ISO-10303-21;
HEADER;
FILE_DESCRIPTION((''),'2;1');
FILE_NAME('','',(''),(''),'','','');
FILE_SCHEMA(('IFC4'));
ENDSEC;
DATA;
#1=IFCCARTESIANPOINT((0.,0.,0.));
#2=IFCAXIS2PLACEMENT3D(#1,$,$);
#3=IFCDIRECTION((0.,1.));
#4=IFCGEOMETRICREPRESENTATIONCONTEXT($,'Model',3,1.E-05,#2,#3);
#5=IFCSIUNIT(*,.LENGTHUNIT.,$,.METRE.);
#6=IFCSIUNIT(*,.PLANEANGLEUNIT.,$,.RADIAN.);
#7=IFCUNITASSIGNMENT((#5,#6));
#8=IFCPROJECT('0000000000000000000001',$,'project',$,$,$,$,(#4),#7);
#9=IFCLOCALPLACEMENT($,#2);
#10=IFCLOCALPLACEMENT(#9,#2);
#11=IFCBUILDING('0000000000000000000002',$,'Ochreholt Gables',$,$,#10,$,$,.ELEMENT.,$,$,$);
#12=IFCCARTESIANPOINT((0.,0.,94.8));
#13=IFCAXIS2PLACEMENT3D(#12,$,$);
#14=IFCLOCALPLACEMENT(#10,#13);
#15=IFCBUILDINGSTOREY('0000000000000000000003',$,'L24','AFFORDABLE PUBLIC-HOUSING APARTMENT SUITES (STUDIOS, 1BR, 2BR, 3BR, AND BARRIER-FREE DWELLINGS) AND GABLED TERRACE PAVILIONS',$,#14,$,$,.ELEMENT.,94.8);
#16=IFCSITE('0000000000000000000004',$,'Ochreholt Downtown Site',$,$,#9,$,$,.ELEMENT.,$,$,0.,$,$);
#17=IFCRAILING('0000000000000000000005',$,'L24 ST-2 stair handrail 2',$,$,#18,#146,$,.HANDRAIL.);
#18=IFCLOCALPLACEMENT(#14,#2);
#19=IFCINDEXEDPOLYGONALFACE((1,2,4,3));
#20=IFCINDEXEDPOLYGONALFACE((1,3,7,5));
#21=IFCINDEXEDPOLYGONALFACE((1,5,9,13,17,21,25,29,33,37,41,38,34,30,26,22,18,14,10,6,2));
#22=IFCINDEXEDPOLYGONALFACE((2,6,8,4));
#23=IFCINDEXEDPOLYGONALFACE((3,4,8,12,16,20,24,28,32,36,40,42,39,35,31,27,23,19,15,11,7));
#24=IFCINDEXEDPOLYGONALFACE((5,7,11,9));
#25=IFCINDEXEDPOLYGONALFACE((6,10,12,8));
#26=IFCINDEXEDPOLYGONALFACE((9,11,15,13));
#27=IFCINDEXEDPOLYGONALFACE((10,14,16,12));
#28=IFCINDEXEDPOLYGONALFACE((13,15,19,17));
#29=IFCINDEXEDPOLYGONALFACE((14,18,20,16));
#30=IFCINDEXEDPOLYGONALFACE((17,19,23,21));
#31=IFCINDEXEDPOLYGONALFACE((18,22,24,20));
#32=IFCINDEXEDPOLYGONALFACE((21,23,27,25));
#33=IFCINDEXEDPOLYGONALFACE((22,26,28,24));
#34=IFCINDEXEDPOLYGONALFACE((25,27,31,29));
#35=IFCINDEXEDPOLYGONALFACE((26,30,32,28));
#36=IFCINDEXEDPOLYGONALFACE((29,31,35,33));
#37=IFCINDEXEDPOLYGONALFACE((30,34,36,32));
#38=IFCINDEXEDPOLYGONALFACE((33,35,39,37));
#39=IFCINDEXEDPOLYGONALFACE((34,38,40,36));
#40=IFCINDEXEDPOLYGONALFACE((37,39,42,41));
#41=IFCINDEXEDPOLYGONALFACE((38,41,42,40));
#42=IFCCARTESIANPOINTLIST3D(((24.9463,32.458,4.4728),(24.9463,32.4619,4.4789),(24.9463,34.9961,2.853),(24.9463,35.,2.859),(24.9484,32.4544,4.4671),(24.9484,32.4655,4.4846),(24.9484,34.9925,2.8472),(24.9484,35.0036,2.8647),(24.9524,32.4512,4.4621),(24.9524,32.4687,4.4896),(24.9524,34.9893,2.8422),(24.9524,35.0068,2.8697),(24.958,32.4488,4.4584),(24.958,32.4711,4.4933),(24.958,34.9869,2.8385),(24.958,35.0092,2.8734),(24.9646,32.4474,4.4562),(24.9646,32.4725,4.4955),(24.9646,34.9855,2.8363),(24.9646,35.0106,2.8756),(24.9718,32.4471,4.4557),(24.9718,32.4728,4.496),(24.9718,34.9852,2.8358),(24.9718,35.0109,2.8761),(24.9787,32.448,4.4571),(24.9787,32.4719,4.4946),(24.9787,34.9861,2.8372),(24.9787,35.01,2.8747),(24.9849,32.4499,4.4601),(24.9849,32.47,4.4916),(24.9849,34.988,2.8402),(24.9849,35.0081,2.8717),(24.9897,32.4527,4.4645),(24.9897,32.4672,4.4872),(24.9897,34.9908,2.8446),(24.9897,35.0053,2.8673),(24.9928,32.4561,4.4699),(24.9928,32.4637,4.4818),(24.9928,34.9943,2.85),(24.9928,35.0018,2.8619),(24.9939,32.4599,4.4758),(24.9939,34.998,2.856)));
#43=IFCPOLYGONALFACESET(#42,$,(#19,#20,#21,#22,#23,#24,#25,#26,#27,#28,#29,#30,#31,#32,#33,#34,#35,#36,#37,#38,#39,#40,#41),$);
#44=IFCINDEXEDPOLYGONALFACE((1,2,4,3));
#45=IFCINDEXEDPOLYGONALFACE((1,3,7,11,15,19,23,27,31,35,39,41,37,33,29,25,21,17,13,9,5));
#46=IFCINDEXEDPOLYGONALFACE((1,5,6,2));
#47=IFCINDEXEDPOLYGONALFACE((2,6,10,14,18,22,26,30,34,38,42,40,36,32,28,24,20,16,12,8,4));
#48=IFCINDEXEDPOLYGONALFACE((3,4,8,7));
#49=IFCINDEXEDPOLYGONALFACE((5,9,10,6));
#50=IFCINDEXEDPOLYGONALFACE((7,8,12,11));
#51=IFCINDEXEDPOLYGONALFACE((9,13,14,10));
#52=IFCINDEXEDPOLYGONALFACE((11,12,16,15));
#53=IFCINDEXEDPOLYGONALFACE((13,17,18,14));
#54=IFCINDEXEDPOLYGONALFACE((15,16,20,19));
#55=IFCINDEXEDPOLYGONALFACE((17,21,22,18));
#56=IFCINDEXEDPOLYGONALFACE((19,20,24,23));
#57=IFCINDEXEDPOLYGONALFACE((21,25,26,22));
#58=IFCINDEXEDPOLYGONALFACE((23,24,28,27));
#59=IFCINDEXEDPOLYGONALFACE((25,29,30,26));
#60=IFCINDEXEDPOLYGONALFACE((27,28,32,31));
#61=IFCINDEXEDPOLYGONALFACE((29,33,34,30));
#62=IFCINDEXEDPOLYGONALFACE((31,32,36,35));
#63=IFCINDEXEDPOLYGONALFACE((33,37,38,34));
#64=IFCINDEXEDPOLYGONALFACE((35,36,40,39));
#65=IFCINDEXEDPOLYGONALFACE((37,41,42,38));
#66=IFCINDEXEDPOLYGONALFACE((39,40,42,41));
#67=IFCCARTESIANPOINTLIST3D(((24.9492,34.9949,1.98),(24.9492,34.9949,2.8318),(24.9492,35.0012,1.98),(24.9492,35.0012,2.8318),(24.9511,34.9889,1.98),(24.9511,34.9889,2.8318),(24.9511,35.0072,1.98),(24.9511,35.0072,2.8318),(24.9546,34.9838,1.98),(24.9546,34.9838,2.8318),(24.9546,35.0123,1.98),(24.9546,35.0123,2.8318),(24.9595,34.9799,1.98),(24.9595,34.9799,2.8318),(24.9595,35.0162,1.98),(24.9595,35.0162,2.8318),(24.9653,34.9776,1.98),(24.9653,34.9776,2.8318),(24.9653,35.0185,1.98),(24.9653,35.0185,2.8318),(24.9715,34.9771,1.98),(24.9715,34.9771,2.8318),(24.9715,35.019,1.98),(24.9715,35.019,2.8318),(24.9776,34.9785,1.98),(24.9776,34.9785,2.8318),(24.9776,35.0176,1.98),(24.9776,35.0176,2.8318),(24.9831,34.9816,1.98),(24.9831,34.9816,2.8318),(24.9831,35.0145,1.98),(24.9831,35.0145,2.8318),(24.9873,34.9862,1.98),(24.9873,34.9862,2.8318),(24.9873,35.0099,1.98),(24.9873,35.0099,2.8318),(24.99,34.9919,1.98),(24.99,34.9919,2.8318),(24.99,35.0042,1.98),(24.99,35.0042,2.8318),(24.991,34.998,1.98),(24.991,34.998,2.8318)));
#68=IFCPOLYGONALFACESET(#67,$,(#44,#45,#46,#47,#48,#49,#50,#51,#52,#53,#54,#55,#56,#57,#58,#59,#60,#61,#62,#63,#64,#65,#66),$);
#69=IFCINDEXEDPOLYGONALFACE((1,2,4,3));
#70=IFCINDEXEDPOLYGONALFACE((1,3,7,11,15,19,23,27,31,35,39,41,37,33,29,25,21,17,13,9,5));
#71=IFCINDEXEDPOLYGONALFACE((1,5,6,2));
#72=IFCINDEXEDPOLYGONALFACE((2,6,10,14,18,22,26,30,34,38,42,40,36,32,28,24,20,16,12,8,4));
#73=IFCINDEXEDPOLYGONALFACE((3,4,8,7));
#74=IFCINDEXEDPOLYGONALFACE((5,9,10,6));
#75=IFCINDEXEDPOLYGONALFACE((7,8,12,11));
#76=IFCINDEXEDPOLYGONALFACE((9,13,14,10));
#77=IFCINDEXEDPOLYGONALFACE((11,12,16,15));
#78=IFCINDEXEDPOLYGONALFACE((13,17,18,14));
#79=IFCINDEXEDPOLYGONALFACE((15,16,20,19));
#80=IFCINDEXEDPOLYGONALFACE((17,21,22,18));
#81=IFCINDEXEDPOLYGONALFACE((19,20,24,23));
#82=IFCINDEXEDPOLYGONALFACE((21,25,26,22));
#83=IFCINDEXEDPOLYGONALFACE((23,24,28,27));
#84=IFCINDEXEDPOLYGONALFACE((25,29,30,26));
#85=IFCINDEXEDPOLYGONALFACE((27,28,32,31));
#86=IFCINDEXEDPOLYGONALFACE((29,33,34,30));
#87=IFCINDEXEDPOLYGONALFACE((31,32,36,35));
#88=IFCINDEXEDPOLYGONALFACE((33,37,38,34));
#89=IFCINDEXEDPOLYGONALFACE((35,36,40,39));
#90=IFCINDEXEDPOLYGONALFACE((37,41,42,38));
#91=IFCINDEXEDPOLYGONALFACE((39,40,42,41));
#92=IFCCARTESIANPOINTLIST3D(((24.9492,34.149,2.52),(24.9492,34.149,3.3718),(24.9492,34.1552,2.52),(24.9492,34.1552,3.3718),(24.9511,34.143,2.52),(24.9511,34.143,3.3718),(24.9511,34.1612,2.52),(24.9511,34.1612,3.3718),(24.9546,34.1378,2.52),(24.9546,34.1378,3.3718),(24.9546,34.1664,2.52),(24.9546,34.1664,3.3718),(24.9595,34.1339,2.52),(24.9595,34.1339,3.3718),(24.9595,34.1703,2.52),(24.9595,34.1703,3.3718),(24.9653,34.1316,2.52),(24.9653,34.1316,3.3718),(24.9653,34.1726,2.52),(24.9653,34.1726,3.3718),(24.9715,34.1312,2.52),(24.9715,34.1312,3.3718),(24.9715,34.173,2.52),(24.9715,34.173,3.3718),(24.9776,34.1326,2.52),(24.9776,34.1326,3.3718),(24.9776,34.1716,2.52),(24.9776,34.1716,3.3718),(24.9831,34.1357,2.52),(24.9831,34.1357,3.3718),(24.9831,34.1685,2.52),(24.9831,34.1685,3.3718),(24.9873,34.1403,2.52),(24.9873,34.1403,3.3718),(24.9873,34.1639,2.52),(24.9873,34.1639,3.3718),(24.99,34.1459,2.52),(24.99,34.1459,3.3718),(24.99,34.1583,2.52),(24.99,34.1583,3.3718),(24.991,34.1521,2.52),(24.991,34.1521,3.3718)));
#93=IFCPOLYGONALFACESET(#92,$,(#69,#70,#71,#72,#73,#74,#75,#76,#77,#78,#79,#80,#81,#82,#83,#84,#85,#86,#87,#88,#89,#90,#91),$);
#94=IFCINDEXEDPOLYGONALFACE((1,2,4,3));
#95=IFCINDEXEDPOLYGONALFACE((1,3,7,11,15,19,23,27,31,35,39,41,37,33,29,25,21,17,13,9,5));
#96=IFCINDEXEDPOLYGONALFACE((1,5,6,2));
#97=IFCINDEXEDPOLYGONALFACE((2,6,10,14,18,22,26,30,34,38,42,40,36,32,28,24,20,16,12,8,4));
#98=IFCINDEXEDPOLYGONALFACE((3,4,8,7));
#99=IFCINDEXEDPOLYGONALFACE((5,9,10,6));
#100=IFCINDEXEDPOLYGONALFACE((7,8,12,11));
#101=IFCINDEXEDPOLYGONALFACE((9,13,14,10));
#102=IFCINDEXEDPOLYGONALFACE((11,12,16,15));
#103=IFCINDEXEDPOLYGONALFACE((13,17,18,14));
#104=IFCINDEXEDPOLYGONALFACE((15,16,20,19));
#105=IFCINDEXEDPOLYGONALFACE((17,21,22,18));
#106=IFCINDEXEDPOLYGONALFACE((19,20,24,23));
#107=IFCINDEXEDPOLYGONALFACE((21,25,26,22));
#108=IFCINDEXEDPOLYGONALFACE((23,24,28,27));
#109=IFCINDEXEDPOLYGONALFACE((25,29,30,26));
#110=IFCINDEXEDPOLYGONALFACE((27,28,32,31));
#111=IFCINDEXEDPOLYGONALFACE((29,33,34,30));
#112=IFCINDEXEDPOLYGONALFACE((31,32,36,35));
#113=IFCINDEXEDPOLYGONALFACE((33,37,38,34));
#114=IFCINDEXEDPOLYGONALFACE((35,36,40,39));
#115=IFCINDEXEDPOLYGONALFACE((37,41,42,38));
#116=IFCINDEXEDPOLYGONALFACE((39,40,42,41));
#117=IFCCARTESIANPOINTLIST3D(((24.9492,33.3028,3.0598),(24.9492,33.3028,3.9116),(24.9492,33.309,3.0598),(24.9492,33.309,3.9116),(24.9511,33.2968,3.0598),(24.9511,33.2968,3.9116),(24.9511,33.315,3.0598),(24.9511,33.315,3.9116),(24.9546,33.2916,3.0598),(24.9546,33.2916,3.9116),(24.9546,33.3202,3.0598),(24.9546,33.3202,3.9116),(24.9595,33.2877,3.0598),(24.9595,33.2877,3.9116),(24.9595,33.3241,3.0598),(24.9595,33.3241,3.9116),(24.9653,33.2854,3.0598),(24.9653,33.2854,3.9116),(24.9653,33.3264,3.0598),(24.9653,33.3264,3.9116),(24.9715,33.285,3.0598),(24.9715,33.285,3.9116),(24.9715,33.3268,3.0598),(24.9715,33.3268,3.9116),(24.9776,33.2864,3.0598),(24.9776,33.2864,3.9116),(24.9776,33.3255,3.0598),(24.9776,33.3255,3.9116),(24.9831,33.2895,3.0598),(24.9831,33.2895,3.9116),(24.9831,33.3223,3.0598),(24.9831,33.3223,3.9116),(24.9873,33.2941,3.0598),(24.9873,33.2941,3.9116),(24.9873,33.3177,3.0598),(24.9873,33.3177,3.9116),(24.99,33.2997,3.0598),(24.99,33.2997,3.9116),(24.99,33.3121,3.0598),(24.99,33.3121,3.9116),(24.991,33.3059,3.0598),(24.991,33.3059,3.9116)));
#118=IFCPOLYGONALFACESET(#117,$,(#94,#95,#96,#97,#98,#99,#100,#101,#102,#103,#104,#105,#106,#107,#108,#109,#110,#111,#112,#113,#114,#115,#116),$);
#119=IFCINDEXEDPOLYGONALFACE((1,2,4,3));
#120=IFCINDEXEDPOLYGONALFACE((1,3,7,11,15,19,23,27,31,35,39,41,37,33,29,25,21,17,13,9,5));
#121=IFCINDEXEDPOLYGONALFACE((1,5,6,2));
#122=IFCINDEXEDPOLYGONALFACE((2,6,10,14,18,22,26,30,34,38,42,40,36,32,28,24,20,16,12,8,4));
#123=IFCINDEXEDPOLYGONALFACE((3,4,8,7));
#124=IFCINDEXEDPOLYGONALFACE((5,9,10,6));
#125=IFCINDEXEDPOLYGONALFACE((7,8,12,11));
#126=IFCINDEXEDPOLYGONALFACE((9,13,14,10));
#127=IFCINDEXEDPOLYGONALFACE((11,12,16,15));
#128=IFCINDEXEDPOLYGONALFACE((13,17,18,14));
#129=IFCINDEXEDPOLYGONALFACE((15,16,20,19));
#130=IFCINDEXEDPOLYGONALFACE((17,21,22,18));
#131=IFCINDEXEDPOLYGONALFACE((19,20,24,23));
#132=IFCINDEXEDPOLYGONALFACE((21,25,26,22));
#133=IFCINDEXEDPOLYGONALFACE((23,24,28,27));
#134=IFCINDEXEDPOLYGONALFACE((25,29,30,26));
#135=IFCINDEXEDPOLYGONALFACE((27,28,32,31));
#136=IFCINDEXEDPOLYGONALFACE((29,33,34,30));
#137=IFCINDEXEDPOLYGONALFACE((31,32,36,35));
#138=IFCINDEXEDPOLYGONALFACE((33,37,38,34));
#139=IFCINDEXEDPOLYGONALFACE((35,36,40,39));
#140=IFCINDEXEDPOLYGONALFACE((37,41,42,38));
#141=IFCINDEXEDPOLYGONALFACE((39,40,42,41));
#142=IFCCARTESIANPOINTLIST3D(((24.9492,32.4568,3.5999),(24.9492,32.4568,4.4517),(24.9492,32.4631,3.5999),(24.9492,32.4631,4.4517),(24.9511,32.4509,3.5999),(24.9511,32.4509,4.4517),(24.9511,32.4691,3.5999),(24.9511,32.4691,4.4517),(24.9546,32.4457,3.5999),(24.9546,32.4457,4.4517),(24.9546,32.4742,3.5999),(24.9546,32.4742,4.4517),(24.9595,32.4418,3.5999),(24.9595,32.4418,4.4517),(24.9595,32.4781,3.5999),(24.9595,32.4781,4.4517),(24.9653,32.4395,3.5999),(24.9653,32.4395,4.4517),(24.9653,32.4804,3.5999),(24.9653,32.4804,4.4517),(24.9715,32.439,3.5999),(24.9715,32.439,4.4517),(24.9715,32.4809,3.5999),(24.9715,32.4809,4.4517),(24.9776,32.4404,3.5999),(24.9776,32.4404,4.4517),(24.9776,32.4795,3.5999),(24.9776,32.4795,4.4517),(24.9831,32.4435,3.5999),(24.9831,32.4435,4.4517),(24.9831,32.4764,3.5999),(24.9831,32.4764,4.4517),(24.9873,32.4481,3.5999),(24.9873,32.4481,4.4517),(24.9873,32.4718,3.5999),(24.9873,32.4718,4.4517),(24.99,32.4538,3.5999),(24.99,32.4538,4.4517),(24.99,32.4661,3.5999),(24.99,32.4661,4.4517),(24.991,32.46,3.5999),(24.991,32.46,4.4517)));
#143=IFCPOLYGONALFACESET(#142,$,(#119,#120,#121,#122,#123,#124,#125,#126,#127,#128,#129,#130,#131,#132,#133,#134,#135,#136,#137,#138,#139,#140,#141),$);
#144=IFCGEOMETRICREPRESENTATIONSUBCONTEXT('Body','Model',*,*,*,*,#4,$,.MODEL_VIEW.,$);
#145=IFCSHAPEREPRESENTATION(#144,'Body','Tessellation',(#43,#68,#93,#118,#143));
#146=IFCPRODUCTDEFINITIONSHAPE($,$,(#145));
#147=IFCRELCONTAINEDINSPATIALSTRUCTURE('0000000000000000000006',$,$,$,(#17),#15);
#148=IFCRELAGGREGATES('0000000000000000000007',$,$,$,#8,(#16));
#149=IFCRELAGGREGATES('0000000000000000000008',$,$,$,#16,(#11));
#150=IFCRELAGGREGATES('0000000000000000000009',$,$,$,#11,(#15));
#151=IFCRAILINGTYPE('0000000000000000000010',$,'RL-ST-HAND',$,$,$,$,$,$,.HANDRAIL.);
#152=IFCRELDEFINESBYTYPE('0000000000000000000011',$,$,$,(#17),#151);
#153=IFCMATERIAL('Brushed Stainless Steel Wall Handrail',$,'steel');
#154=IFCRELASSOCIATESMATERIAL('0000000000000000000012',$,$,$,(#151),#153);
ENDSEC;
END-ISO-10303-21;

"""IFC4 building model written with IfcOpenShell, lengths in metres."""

from ifc_helpers import new_model, si_unit, direction, frame, origin, origin_2d, place, context, subcontext, project, spatial, circle, extrude, material, type_object, element, save


model = new_model("IFC4")

# Units and contexts
model_context = context("Model", 3, precision=1e-05, world=origin(), true_north=direction((0.0, 1.0)))
body_context = subcontext(model_context, "Body", "Model", "MODEL_VIEW")
ifc_project = project(units=[si_unit("LENGTHUNIT", "METRE"), si_unit("PLANEANGLEUNIT", "RADIAN")], contexts=[model_context])

# Site, building, storey
site_placement = place(None, origin())
site = spatial("IfcSite", under=ifc_project, at=site_placement, Name="Ochreholt Downtown Site", CompositionType="ELEMENT", RefElevation=0.0)
building_placement = place(site_placement, origin())
building = spatial("IfcBuilding", under=site, at=building_placement, Name="Ochreholt Gables", CompositionType="ELEMENT")
storey_placement = place(building_placement, frame((0.0, 0.0, 94.8)))
storey = spatial("IfcBuildingStorey", under=building, at=storey_placement, Name="L24", Description="AFFORDABLE PUBLIC-HOUSING APARTMENT SUITES (STUDIOS, 1BR, 2BR, 3BR, AND BARRIER-FREE DWELLINGS) AND GABLED TERRACE PAVILIONS", CompositionType="ELEMENT", Elevation=94.8)

# Railing
ifc_material_1 = material(Name="Brushed Stainless Steel Wall Handrail", Category="steel")
railing_type = type_object("IfcRailingType", Name="RL-ST-HAND", PredefinedType="HANDRAIL", material=ifc_material_1)
railing_placement = place(storey_placement, frame((24.97, 34.998, 1.98)))
element("IfcRailing", 1, at=railing_placement, inside=storey, type_object=railing_type, Name="L24 ST-2 stair handrail 2", PredefinedType="HANDRAIL", context=body_context, shape_type="SweptSolid", body=[
    extrude(circle(Radius=0.0239, at=origin_2d()), frame((0.0, 0.0, 0.876), z_axis=(0.0, -0.84295, 0.537993), x_axis=(1.0, 0.0, 0.0)), (0.0, 0.0, 1.0), 3.011),
    extrude(circle(Radius=0.021, at=origin_2d()), origin(), (0.0, 0.0, 1.0), 0.8518),
    extrude(circle(Radius=0.021, at=origin_2d()), frame((0.0, -0.8459, 0.54)), (0.0, 0.0, 1.0), 0.8518),
    extrude(circle(Radius=0.021, at=origin_2d()), frame((0.0, -1.6921, 1.0798)), (0.0, 0.0, 1.0), 0.8518),
    extrude(circle(Radius=0.021, at=origin_2d()), frame((0.0, -2.5381, 1.6199)), (0.0, 0.0, 1.0), 0.8518),
])

save(model, "model.ifc")
